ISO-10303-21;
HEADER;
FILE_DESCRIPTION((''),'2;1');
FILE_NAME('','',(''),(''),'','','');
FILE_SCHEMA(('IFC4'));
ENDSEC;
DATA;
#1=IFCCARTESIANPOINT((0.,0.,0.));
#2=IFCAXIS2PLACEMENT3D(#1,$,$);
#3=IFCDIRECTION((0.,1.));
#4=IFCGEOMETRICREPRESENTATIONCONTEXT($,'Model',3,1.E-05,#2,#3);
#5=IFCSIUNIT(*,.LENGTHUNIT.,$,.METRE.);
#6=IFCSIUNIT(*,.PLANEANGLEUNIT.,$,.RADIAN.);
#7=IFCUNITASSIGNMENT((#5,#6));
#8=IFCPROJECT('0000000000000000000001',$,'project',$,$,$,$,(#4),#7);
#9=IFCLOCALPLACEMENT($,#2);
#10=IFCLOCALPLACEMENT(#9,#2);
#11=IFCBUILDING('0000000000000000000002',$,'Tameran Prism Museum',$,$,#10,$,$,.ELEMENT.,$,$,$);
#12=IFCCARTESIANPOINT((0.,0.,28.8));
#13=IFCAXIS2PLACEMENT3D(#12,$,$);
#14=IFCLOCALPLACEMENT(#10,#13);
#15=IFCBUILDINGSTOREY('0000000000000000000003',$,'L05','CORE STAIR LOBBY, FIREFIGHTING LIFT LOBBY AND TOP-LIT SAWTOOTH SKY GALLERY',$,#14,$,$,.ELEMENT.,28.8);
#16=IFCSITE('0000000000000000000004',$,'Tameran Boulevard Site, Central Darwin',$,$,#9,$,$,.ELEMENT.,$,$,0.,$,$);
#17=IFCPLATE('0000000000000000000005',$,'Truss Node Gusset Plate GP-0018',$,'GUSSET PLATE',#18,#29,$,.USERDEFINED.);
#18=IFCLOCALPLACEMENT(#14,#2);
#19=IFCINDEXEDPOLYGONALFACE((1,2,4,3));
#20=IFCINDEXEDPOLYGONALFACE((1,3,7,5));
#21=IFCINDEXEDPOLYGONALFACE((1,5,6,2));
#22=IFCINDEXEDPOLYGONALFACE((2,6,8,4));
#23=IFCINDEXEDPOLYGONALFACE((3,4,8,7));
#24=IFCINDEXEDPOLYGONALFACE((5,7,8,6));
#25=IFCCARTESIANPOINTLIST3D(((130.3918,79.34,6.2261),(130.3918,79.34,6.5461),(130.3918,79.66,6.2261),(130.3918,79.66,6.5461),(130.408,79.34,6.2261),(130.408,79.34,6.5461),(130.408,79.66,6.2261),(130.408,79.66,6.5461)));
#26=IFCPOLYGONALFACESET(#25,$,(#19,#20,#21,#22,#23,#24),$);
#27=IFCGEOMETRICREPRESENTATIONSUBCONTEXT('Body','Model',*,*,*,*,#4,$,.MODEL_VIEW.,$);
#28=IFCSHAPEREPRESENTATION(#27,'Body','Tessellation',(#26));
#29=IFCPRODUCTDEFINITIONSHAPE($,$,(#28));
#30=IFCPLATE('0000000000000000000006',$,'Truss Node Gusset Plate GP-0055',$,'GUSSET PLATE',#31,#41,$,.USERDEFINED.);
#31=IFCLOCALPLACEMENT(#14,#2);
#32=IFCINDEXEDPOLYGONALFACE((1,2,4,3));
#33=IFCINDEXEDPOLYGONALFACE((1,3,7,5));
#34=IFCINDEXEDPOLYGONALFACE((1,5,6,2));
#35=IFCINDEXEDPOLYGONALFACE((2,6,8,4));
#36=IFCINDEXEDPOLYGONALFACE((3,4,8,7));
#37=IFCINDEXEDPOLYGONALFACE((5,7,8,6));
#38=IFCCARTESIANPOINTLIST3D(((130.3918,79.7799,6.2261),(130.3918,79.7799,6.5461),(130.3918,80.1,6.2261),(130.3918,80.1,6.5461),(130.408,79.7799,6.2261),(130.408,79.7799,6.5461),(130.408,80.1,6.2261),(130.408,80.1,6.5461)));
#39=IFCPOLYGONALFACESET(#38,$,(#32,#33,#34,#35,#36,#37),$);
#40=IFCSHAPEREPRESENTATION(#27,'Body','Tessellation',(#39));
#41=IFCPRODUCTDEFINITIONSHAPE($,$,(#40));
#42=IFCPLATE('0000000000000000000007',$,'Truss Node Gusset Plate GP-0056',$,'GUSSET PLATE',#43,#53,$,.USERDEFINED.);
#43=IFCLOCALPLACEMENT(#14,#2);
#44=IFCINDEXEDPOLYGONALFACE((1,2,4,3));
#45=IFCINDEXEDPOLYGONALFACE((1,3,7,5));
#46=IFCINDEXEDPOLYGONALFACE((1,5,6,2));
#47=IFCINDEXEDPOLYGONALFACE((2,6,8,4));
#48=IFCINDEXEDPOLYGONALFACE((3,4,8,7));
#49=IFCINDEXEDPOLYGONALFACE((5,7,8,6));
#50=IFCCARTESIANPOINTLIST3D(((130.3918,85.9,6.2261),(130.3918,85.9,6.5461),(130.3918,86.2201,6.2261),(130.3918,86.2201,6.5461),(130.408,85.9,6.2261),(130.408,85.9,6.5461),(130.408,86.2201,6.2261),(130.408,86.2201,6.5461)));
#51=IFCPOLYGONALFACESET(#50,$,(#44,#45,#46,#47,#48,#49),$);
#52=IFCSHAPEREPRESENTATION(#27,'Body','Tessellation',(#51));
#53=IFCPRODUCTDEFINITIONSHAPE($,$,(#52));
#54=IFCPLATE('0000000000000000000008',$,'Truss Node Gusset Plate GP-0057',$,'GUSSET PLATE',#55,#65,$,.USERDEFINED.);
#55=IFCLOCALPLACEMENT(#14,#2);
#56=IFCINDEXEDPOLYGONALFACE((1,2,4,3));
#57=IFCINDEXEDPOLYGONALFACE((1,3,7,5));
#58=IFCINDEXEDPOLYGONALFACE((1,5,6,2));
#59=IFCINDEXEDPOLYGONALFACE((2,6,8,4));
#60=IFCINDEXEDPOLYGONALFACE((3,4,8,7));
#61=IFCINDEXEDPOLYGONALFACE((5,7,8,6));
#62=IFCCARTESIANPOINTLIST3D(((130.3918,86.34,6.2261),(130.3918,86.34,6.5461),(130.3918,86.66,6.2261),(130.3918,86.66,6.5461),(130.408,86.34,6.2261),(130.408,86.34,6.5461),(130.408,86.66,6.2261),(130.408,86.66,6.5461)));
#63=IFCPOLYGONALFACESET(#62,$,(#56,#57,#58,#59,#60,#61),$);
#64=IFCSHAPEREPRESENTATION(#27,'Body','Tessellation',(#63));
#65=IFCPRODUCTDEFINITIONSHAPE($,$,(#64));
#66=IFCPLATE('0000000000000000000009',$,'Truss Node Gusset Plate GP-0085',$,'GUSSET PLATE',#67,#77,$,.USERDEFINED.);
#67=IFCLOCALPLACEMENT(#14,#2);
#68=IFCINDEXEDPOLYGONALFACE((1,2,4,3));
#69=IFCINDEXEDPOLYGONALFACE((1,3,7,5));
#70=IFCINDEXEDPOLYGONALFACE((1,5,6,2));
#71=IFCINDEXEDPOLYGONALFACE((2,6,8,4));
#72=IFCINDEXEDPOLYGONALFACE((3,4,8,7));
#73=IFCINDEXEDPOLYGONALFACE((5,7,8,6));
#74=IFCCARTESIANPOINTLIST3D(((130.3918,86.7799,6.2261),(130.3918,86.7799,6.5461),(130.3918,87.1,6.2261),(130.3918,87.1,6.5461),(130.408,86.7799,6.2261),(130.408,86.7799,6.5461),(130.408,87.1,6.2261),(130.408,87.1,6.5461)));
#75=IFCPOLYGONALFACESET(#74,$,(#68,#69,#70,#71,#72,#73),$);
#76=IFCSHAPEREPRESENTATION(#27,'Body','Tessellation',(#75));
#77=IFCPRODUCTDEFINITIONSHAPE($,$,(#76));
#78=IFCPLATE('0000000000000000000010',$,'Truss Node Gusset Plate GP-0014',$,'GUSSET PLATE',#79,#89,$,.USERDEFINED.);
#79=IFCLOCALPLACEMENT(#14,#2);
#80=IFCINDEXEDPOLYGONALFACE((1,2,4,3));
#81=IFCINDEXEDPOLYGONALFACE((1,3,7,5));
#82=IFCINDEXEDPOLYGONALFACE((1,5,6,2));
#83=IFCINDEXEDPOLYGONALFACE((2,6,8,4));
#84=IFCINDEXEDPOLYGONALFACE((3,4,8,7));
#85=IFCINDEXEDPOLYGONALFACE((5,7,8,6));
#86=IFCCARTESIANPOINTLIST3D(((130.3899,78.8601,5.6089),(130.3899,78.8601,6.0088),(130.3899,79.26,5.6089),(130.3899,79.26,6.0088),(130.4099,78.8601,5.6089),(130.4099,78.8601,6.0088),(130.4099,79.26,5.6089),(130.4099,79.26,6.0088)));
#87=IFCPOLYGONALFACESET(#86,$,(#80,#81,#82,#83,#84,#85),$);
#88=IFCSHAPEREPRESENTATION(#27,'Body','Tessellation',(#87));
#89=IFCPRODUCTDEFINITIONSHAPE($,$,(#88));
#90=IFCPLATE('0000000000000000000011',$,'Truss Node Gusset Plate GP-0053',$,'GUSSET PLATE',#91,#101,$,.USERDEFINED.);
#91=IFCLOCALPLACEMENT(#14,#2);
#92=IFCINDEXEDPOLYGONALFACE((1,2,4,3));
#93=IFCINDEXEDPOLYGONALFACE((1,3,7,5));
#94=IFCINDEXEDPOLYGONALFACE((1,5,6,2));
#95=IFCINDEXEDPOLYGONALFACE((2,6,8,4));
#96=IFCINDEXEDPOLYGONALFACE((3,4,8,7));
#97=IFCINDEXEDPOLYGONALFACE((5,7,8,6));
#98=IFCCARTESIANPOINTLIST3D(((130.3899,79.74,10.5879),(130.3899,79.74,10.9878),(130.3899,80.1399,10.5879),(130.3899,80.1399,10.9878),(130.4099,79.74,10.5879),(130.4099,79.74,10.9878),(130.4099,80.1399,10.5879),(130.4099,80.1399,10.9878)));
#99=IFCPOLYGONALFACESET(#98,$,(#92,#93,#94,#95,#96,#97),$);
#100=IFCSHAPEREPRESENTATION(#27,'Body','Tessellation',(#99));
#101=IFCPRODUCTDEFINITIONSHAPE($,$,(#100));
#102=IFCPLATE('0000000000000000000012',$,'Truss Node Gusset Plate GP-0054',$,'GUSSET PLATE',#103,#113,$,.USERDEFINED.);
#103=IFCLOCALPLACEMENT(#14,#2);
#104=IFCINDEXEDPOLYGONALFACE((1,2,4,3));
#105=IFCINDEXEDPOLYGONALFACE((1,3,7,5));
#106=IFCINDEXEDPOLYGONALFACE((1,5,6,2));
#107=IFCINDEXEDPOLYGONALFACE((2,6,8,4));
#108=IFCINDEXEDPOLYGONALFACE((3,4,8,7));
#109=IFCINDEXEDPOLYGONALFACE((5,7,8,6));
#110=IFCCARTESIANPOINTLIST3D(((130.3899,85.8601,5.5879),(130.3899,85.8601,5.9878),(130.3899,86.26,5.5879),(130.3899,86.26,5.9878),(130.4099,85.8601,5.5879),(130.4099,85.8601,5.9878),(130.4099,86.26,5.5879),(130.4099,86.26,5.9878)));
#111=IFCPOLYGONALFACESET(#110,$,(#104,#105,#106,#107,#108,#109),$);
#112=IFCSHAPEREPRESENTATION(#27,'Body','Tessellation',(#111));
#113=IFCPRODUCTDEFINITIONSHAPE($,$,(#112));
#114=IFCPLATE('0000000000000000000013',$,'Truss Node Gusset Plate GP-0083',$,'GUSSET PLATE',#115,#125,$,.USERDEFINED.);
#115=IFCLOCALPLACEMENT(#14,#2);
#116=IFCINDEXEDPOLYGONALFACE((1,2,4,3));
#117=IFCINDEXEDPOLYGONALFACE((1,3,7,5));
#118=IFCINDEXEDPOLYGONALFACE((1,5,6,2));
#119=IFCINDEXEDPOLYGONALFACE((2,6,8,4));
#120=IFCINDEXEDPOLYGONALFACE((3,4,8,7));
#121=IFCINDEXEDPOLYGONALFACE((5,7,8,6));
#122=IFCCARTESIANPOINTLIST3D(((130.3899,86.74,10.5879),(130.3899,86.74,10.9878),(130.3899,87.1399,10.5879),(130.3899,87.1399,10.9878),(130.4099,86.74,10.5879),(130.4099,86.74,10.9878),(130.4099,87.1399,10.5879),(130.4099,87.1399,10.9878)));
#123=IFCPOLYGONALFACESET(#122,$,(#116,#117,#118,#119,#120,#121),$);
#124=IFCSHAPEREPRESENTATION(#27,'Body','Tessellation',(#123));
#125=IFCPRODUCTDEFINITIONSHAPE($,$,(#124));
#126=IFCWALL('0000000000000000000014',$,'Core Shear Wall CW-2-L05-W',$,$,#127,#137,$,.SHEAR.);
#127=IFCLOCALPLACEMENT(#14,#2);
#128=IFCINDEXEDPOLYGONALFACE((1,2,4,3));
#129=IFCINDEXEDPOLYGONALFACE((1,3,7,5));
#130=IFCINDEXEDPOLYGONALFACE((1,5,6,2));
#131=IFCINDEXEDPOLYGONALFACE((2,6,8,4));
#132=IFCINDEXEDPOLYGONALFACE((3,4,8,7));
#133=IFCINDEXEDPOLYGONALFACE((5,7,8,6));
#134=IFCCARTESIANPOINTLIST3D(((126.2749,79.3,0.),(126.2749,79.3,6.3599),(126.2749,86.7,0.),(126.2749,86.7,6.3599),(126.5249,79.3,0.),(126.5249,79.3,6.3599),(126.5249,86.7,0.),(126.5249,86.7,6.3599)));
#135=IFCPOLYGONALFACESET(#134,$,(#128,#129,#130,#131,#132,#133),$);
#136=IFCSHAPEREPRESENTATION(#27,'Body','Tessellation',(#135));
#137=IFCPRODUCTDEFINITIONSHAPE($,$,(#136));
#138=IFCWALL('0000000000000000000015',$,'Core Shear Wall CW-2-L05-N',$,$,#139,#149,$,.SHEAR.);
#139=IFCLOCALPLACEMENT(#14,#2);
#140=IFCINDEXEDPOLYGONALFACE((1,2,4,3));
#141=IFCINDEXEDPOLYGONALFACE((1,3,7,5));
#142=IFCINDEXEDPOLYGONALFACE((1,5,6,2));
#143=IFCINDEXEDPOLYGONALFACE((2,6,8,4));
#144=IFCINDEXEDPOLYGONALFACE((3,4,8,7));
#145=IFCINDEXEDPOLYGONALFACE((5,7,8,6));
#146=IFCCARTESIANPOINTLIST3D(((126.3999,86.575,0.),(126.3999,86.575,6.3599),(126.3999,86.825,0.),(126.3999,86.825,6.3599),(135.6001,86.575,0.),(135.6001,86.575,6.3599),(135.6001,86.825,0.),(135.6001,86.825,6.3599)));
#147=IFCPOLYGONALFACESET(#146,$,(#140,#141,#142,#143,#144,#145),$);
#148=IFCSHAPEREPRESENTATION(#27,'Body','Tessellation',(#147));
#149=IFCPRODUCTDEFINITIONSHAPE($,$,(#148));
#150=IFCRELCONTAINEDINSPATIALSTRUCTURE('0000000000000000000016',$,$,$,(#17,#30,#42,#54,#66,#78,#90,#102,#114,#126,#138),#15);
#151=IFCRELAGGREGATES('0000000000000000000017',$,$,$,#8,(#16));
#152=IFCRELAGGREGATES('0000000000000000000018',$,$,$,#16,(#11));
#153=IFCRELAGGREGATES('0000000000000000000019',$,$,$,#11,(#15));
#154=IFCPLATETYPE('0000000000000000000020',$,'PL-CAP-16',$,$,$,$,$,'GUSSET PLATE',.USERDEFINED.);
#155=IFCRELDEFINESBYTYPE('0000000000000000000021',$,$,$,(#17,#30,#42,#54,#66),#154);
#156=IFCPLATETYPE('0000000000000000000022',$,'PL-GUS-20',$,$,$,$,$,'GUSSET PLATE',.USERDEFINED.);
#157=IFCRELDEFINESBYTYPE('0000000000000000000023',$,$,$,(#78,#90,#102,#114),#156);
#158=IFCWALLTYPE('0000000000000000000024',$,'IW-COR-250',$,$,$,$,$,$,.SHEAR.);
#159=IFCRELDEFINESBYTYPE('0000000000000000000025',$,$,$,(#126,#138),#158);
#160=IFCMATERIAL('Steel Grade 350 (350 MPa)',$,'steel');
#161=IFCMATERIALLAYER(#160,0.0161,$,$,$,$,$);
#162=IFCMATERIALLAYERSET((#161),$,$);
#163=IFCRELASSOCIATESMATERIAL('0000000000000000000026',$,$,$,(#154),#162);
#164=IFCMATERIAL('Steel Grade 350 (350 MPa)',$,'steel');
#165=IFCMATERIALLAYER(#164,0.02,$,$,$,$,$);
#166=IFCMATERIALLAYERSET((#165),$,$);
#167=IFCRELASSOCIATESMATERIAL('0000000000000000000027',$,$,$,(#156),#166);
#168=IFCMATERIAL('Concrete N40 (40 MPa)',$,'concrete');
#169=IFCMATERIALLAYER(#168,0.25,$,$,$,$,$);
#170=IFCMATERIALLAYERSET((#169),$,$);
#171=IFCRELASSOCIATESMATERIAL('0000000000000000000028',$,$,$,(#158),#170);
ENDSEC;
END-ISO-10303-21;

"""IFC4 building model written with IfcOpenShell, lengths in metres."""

from ifc_helpers import new_model, si_unit, direction, frame, frame_2d, origin, origin_2d, place, context, subcontext, project, spatial, rectangle, extrude, material, layer, layer_set, type_object, element, save


model = new_model("IFC4")

# Units and contexts
model_context = context("Model", 3, precision=1e-05, world=origin(), true_north=direction((0.0, 1.0)))
body_context = subcontext(model_context, "Body", "Model", "MODEL_VIEW")
ifc_project = project(units=[si_unit("LENGTHUNIT", "METRE"), si_unit("PLANEANGLEUNIT", "RADIAN")], contexts=[model_context])

# Site, building, storey
site_placement = place(None, origin())
site = spatial("IfcSite", under=ifc_project, at=site_placement, Name="Tameran Boulevard Site, Central Darwin", CompositionType="ELEMENT", RefElevation=0.0)
building_placement = place(site_placement, origin())
building = spatial("IfcBuilding", under=site, at=building_placement, Name="Tameran Prism Museum", CompositionType="ELEMENT")
storey_placement = place(building_placement, frame((0.0, 0.0, 28.8)))
storey = spatial("IfcBuildingStorey", under=building, at=storey_placement, Name="L05", Description="CORE STAIR LOBBY, FIREFIGHTING LIFT LOBBY AND TOP-LIT SAWTOOTH SKY GALLERY", CompositionType="ELEMENT", Elevation=28.8)

# Plates
ifc_material_1 = material(Name="Steel Grade 350 (350 MPa)", Category="steel")
ifc_layer_1 = layer(ifc_material_1, 0.0161)
ifc_layer_set_1 = layer_set([ifc_layer_1])
plate_type_1 = type_object("IfcPlateType", Name="PL-CAP-16", ElementType="GUSSET PLATE", PredefinedType="USERDEFINED", material=ifc_layer_set_1)
for number, where, z_axis, x_axis, name in (
    (1, (130.3999, 79.5, 6.2261), (0.0, 0.0, 1.0), (1.0, 0.0, 0.0), "Truss Node Gusset Plate GP-0018"),
    (2, (130.3999, 79.9399, 6.2261), (0.0, 0.0, 1.0), (1.0, 0.0, 0.0), "Truss Node Gusset Plate GP-0055"),
    (3, (130.3999, 86.0601, 6.2261), (0.0, 0.0, 1.0), (1.0, 0.0, 0.0), "Truss Node Gusset Plate GP-0056"),
    (4, (130.3999, 86.5, 6.2261), (0.0, 0.0, 1.0), (1.0, 0.0, 0.0), "Truss Node Gusset Plate GP-0057"),
    (5, (130.3999, 86.9399, 6.2261), (0.0, 0.0, 1.0), (1.0, 0.0, 0.0), "Truss Node Gusset Plate GP-0085"),
):
    element("IfcPlate", number, at=place(storey_placement, frame(where, z_axis=z_axis, x_axis=x_axis)), inside=storey, type_object=plate_type_1, Name=name, ObjectType="GUSSET PLATE", PredefinedType="USERDEFINED", context=body_context, shape_type="SweptSolid", body=[
        extrude(rectangle(XDim=0.0161, YDim=0.3201, at=origin_2d()), origin(), (0.0, 0.0, 1.0), 0.3201),
    ])
ifc_material_2 = material(Name="Steel Grade 350 (350 MPa)", Category="steel")
ifc_layer_2 = layer(ifc_material_2, 0.02)
ifc_layer_set_2 = layer_set([ifc_layer_2])
plate_type_2 = type_object("IfcPlateType", Name="PL-GUS-20", ElementType="GUSSET PLATE", PredefinedType="USERDEFINED", material=ifc_layer_set_2)
for number, where, z_axis, x_axis, name in (
    (6, (130.3999, 79.0601, 5.6089), (0.0, 0.0, 1.0), (1.0, 0.0, 0.0), "Truss Node Gusset Plate GP-0014"),
    (7, (130.3999, 79.9399, 10.5879), (0.0, 0.0, 1.0), (1.0, 0.0, 0.0), "Truss Node Gusset Plate GP-0053"),
    (8, (130.3999, 86.0601, 5.5879), (0.0, 0.0, 1.0), (1.0, 0.0, 0.0), "Truss Node Gusset Plate GP-0054"),
    (9, (130.3999, 86.9399, 10.5879), (0.0, 0.0, 1.0), (1.0, 0.0, 0.0), "Truss Node Gusset Plate GP-0083"),
):
    element("IfcPlate", number, at=place(storey_placement, frame(where, z_axis=z_axis, x_axis=x_axis)), inside=storey, type_object=plate_type_2, Name=name, ObjectType="GUSSET PLATE", PredefinedType="USERDEFINED", context=body_context, shape_type="SweptSolid", body=[
        extrude(rectangle(XDim=0.02, YDim=0.3999, at=origin_2d()), origin(), (0.0, 0.0, 1.0), 0.3999),
    ])

# Walls
ifc_material_3 = material(Name="Concrete N40 (40 MPa)", Category="concrete")
ifc_layer_3 = layer(ifc_material_3, 0.25)
ifc_layer_set_3 = layer_set([ifc_layer_3])
wall_type = type_object("IfcWallType", Name="IW-COR-250", PredefinedType="SHEAR", material=ifc_layer_set_3)
wall_1_placement = place(storey_placement, frame((126.3999, 79.3, 0.0), z_axis=(0.0, 0.0, 1.0), x_axis=(0.0, 1.0, 0.0)))
element("IfcWall", 10, at=wall_1_placement, inside=storey, type_object=wall_type, Name="Core Shear Wall CW-2-L05-W", PredefinedType="SHEAR", context=body_context, shape_type="SweptSolid", body=[
    extrude(rectangle(XDim=7.3999, YDim=0.25, at=frame_2d((3.7, 0.0))), origin(), (0.0, 0.0, 1.0), 6.3599),
])
wall_2_placement = place(storey_placement, frame((126.3999, 86.7, 0.0), z_axis=(0.0, 0.0, 1.0), x_axis=(1.0, 0.0, 0.0)))
element("IfcWall", 11, at=wall_2_placement, inside=storey, type_object=wall_type, Name="Core Shear Wall CW-2-L05-N", PredefinedType="SHEAR", context=body_context, shape_type="SweptSolid", body=[
    extrude(rectangle(XDim=9.2002, YDim=0.25, at=frame_2d((4.6001, 0.0))), origin(), (0.0, 0.0, 1.0), 6.3599),
])

save(model, "model.ifc")
